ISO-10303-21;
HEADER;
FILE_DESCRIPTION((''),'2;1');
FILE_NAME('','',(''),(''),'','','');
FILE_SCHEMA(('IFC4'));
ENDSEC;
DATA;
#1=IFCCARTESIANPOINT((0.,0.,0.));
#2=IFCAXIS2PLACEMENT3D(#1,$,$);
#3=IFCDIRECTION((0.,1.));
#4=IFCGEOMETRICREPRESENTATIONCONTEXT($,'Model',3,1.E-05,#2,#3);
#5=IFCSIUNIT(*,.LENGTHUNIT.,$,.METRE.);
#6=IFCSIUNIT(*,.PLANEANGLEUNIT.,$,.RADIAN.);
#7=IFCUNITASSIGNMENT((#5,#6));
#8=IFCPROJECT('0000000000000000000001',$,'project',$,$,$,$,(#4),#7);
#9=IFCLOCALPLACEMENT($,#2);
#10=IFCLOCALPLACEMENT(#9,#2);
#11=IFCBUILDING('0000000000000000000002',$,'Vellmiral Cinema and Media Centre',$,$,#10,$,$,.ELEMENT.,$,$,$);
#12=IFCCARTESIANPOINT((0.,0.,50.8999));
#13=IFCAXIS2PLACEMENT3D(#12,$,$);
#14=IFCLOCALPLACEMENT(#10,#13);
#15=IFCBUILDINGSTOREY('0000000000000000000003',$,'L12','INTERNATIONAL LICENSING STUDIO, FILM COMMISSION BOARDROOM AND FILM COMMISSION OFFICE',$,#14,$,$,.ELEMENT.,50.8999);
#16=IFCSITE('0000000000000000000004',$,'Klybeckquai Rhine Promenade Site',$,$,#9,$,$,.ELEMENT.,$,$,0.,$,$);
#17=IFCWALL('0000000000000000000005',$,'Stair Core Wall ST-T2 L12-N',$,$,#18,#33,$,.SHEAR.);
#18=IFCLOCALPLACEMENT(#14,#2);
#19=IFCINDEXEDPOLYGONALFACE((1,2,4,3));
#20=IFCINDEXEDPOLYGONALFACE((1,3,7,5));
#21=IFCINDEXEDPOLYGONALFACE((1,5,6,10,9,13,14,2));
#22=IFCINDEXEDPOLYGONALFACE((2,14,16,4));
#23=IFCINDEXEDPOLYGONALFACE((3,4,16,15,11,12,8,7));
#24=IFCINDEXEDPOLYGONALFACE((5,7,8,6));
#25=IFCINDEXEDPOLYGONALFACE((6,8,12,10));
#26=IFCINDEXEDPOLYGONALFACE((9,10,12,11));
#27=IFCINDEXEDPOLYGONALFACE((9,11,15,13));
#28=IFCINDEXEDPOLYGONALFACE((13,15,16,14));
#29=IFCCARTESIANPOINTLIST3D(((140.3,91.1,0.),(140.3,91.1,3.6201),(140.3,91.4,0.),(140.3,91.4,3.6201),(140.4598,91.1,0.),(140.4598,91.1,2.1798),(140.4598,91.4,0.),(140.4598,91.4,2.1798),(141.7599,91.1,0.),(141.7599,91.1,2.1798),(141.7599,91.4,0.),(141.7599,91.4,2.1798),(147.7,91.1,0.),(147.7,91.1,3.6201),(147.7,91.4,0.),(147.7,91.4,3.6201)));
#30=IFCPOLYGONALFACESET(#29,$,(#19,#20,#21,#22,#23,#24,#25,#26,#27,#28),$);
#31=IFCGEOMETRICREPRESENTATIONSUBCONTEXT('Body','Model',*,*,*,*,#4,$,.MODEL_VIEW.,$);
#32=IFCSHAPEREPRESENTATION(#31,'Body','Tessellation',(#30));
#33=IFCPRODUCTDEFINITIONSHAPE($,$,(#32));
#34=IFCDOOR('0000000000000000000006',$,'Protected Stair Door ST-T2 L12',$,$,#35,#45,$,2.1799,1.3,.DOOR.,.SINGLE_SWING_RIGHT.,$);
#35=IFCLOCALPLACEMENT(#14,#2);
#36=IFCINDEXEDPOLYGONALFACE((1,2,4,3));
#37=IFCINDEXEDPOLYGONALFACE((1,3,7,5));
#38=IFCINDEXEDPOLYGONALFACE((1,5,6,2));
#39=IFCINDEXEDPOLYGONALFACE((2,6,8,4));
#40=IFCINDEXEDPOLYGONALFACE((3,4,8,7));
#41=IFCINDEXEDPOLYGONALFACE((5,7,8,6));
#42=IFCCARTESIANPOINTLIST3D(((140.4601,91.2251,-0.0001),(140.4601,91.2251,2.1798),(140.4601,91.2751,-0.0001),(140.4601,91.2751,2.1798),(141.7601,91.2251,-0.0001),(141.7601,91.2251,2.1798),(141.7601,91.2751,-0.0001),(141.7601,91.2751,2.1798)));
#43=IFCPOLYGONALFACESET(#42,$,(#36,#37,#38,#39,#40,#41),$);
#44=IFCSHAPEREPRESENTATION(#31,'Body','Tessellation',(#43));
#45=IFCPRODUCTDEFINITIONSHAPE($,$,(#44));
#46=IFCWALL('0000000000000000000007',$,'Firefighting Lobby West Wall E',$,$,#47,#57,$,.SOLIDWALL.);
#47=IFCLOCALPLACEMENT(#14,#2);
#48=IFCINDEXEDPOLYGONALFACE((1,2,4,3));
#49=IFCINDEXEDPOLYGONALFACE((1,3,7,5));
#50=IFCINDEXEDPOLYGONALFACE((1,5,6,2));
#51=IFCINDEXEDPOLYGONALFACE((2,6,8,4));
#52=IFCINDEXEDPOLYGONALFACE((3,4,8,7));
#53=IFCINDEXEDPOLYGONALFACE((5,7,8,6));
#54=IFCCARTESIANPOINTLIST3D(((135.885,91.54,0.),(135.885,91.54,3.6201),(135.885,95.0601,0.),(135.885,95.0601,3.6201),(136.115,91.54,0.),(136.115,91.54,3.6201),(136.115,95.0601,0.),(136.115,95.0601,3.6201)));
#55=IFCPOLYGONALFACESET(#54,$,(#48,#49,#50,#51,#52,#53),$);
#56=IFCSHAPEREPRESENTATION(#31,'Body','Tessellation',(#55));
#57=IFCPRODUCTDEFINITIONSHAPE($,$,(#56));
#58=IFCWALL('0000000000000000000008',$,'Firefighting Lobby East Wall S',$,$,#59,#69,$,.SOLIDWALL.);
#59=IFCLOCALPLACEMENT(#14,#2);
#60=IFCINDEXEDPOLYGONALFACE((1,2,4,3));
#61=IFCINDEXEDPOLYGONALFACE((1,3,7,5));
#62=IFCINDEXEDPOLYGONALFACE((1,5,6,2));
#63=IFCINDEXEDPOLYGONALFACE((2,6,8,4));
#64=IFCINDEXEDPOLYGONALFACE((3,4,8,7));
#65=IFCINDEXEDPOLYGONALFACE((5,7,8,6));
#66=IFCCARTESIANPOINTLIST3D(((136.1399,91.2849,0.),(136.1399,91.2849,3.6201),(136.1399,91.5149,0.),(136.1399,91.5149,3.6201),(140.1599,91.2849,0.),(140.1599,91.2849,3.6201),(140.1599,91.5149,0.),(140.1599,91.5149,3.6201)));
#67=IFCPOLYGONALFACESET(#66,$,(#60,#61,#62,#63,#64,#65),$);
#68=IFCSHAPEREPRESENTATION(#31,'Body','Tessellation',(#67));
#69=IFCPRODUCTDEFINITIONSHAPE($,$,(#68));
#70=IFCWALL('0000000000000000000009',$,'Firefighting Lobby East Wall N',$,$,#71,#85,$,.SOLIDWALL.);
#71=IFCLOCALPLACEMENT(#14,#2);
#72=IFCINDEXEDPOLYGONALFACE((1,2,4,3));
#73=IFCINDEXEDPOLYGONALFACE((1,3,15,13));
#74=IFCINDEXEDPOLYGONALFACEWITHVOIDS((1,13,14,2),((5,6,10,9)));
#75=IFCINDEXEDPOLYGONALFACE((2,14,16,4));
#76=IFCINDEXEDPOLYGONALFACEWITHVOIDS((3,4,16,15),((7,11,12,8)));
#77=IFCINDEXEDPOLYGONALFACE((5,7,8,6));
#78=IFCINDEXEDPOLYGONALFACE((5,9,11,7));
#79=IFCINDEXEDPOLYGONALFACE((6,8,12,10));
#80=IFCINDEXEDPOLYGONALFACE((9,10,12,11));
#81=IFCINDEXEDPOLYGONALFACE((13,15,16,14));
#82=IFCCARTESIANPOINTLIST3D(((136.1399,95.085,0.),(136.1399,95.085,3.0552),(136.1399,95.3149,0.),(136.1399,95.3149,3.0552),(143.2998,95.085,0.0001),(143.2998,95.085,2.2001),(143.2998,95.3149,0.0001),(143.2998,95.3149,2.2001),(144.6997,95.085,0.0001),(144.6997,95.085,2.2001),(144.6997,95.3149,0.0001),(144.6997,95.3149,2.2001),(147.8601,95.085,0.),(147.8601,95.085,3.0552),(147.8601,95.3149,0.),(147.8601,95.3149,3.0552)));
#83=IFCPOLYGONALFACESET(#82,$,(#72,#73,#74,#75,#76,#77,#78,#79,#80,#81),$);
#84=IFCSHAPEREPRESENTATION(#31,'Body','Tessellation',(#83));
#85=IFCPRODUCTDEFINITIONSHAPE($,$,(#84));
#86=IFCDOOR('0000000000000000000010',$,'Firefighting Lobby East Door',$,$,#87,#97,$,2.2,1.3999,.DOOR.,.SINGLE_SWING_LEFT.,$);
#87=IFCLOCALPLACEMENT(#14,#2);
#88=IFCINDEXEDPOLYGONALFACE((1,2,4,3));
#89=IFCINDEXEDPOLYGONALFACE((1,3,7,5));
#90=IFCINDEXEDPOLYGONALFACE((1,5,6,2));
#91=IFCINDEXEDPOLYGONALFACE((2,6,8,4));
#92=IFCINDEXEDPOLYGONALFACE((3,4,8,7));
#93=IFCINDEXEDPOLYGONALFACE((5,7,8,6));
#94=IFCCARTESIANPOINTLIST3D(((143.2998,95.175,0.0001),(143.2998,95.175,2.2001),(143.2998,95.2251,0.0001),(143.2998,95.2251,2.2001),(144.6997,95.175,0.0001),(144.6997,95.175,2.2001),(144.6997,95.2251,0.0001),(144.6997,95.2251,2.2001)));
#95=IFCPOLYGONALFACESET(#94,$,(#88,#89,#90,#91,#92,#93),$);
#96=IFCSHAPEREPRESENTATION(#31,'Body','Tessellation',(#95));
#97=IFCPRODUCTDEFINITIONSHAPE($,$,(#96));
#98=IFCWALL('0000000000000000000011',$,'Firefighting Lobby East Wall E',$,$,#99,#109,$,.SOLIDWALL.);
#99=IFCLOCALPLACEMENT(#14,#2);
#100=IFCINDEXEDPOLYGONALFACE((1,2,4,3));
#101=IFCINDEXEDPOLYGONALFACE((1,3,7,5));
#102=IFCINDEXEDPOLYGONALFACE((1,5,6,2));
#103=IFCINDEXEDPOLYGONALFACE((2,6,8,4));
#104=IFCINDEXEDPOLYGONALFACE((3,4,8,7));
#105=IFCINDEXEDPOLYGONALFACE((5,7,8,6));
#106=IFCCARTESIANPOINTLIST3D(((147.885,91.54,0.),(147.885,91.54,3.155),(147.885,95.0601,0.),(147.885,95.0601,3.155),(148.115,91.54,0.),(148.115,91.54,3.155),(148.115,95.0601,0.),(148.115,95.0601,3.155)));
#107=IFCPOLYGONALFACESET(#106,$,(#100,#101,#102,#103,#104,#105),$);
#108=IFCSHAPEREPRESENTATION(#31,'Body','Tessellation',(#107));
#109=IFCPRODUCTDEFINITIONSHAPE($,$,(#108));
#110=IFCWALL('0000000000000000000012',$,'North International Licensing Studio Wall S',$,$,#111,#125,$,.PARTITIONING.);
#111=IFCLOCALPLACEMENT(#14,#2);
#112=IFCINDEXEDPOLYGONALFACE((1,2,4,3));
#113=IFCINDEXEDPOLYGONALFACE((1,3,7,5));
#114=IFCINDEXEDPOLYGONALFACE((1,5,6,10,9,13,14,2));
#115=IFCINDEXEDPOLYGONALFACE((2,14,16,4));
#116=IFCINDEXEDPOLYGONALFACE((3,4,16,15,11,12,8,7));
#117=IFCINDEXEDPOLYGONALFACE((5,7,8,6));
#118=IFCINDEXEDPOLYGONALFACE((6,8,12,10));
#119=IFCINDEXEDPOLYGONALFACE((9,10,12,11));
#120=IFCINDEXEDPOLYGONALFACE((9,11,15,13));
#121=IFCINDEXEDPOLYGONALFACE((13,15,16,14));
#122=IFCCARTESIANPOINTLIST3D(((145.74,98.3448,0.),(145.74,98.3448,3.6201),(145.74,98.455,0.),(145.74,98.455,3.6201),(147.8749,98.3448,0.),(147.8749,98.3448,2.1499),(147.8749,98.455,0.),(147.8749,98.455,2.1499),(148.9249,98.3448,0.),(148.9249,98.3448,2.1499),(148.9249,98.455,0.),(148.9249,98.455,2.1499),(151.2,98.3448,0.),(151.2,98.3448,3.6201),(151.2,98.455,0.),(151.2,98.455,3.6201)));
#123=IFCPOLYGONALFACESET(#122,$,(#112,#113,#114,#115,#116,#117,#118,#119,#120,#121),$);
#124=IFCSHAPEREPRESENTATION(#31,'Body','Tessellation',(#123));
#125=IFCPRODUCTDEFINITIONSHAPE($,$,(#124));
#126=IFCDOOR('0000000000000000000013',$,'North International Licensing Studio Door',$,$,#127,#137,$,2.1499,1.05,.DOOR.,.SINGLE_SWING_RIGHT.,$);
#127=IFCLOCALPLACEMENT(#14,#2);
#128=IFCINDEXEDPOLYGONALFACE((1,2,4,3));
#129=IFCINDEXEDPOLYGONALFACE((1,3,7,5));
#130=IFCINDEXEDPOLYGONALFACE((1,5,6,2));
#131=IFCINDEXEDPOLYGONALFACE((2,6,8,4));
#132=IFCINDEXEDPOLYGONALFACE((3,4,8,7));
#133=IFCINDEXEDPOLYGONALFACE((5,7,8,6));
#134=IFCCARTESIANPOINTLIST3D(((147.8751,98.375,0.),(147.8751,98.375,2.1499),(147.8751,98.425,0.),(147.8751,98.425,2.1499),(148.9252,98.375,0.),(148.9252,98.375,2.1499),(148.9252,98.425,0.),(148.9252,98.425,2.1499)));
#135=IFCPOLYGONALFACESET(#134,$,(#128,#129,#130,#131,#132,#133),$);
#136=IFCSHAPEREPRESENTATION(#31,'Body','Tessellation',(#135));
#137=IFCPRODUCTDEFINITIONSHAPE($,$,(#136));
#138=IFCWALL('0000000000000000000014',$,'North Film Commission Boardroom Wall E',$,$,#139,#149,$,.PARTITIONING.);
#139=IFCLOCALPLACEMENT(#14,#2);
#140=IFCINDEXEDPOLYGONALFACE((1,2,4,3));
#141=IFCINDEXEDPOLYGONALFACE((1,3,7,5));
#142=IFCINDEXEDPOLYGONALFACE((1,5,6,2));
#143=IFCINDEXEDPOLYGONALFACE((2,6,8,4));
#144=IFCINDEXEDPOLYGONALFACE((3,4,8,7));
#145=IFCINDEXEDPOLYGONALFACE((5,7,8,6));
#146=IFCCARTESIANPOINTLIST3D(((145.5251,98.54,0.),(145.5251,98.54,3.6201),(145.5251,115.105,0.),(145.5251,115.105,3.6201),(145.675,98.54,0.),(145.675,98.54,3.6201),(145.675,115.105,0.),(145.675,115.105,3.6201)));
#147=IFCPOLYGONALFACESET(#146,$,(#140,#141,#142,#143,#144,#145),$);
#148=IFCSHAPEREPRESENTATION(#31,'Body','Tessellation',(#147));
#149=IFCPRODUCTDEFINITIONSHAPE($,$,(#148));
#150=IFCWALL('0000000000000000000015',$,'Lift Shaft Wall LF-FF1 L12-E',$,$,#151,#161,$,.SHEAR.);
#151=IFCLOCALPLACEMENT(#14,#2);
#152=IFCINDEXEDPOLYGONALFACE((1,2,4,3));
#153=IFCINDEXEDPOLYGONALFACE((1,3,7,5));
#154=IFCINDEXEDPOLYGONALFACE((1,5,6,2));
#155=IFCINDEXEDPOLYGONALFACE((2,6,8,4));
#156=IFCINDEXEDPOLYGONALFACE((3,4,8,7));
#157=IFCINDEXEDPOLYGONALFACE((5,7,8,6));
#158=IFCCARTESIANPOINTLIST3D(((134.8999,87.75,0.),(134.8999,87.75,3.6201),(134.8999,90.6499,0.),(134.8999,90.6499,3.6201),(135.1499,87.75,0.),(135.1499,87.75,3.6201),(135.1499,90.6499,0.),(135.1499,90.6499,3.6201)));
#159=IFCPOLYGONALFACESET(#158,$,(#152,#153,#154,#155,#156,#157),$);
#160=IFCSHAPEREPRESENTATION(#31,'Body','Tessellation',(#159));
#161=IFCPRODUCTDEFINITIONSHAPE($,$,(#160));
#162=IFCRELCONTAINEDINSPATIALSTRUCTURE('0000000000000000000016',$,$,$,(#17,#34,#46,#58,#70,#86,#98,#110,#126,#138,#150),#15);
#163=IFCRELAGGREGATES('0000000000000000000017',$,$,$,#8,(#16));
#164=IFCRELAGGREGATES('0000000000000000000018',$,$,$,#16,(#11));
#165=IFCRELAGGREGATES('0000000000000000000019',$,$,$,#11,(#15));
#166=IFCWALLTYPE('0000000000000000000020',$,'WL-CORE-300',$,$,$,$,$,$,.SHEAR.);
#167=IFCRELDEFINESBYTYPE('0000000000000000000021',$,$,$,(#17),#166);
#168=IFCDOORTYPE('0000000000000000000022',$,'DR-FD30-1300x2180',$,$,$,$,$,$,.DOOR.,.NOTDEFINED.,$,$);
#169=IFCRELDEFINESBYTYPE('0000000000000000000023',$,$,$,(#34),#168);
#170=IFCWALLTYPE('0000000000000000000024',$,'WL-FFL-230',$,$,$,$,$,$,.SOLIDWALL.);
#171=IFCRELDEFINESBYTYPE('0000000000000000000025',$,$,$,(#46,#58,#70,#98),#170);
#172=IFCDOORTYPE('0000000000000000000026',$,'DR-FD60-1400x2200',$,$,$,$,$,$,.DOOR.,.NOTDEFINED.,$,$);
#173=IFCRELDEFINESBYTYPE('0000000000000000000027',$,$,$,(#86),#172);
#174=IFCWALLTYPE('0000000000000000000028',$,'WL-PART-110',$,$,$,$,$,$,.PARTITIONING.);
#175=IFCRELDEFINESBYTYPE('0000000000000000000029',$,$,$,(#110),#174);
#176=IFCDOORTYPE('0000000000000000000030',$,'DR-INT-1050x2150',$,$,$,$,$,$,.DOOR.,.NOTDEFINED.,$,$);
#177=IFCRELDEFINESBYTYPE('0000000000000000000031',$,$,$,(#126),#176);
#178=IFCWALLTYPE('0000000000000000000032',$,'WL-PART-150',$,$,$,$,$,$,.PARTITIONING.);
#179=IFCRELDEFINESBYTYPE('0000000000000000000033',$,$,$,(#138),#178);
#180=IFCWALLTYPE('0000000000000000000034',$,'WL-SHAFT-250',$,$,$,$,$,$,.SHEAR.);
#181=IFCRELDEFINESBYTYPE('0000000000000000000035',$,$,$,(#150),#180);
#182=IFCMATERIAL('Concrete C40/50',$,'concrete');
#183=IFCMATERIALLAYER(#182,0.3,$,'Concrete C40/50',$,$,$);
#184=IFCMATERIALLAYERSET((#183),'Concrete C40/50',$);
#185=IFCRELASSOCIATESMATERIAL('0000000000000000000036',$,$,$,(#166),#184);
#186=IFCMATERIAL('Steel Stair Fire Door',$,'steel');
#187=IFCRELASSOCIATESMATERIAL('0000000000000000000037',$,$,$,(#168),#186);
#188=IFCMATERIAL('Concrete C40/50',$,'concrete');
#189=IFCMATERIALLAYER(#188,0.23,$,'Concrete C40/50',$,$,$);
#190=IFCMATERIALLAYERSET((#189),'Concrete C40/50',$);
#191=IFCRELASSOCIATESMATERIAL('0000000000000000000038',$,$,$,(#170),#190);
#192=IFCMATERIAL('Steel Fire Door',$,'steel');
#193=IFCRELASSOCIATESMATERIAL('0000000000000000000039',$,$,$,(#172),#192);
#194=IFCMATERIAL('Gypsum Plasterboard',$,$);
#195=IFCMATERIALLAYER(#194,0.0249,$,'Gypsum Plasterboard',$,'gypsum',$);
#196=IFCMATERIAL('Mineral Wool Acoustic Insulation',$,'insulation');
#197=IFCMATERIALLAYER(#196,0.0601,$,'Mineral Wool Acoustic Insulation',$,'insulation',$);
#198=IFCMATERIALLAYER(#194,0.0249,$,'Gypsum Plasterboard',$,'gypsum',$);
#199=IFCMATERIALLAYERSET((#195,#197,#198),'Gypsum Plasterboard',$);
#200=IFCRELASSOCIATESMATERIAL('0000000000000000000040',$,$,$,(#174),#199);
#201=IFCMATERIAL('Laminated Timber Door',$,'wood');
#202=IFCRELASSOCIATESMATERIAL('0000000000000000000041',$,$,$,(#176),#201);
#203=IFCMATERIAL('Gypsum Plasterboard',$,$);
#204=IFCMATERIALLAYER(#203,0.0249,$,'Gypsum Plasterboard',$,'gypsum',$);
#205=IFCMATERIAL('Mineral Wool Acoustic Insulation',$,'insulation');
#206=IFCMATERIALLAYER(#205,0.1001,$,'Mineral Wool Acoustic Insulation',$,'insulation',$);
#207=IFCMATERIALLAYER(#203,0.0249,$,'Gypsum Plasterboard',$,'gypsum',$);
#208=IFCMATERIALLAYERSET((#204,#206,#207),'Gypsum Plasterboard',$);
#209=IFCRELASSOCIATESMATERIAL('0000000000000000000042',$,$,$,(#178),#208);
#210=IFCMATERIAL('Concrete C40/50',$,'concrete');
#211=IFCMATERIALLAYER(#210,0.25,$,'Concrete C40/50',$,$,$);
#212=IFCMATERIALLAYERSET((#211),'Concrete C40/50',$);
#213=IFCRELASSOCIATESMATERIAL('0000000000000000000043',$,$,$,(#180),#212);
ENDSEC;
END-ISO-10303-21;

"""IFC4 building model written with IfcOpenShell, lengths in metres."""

from ifc_helpers import new_model, si_unit, direction, frame, frame_2d, origin, place, context, subcontext, project, spatial, rectangle, extrude, material, layer, layer_set, type_object, element, fill, save


model = new_model("IFC4")

# Units and contexts
model_context = context("Model", 3, precision=1e-05, world=origin(), true_north=direction((0.0, 1.0)))
body_context = subcontext(model_context, "Body", "Model", "MODEL_VIEW")
ifc_project = project(units=[si_unit("LENGTHUNIT", "METRE"), si_unit("PLANEANGLEUNIT", "RADIAN")], contexts=[model_context])

# Site, building, storey
site_placement = place(None, origin())
site = spatial("IfcSite", under=ifc_project, at=site_placement, Name="Klybeckquai Rhine Promenade Site", CompositionType="ELEMENT", RefElevation=0.0)
building_placement = place(site_placement, origin())
building = spatial("IfcBuilding", under=site, at=building_placement, Name="Vellmiral Cinema and Media Centre", CompositionType="ELEMENT")
storey_placement = place(building_placement, frame((0.0, 0.0, 50.8999)))
storey = spatial("IfcBuildingStorey", under=building, at=storey_placement, Name="L12", Description="INTERNATIONAL LICENSING STUDIO, FILM COMMISSION BOARDROOM AND FILM COMMISSION OFFICE", CompositionType="ELEMENT", Elevation=50.8999)

# Wall, opening, door
ifc_material_1 = material(Name="Concrete C40/50", Category="concrete")
ifc_layer_1 = layer(ifc_material_1, 0.3, Name="Concrete C40/50")
ifc_layer_set_1 = layer_set([ifc_layer_1], Name="Concrete C40/50")
wall_type_1 = type_object("IfcWallType", Name="WL-CORE-300", PredefinedType="SHEAR", material=ifc_layer_set_1)
wall_1_placement = place(storey_placement, frame((140.3, 91.25, 0.0), z_axis=(0.0, 0.0, 1.0), x_axis=(1.0, 0.0, 0.0)))
wall_1 = element("IfcWall", 1, at=wall_1_placement, inside=storey, type_object=wall_type_1, Name="Stair Core Wall ST-T2 L12-N", PredefinedType="SHEAR", context=body_context, shape_type="SweptSolid", body=[
    extrude(rectangle(XDim=7.3999, YDim=0.3, at=frame_2d((3.7, 0.0))), origin(), (0.0, 0.0, 1.0), 3.6201),
])
opening_1_placement = place(wall_1_placement, frame((0.1599, 0.0, 0.0)))
opening_1 = element("IfcOpeningElement", 2, at=opening_1_placement, cuts=wall_1, PredefinedType="OPENING", context=body_context, shape_type="SweptSolid", body=[
    extrude(rectangle(XDim=1.3, YDim=2.1799, at=frame_2d((0.6499, 1.0898))), frame((0.0, 0.1621, 0.0), z_axis=(0.0, -1.0, 0.0), x_axis=(1.0, 0.0, 0.0)), (0.0, 0.0, 1.0), 0.324),
])
ifc_material_2 = material(Name="Steel Stair Fire Door", Category="steel")
door_type_1 = type_object("IfcDoorType", Name="DR-FD30-1300x2180", OperationType="NOTDEFINED", PredefinedType="DOOR", material=ifc_material_2)
door_1_placement = place(opening_1_placement, frame((1.3, 0.0, 0.0), z_axis=(0.0, 0.0, 1.0), x_axis=(-1.0, 0.0, 0.0)))
door_1 = element("IfcDoor", 3, at=door_1_placement, inside=storey, type_object=door_type_1, Name="Protected Stair Door ST-T2 L12", OperationType="SINGLE_SWING_RIGHT", OverallHeight=2.1799, OverallWidth=1.3, PredefinedType="DOOR", context=body_context, shape_type="SweptSolid", body=[
    extrude(rectangle(XDim=1.3, YDim=2.1799, at=frame_2d((0.6499, 1.0898))), frame((0.0, 0.0249, 0.0), z_axis=(0.0, -1.0, 0.0), x_axis=(1.0, 0.0, 0.0)), (0.0, 0.0, 1.0), 0.05),
])
fill(opening_1, door_1)

# Walls
ifc_material_3 = material(Name="Concrete C40/50", Category="concrete")
ifc_layer_2 = layer(ifc_material_3, 0.23, Name="Concrete C40/50")
ifc_layer_set_2 = layer_set([ifc_layer_2], Name="Concrete C40/50")
wall_type_2 = type_object("IfcWallType", Name="WL-FFL-230", PredefinedType="SOLIDWALL", material=ifc_layer_set_2)
wall_2_placement = place(storey_placement, frame((136.0, 91.54, 0.0), z_axis=(0.0, 0.0, 1.0), x_axis=(0.0, 1.0, 0.0)))
element("IfcWall", 4, at=wall_2_placement, inside=storey, type_object=wall_type_2, Name="Firefighting Lobby West Wall E", PredefinedType="SOLIDWALL", context=body_context, shape_type="SweptSolid", body=[
    extrude(rectangle(XDim=3.52, YDim=0.23, at=frame_2d((1.76, 0.0))), origin(), (0.0, 0.0, 1.0), 3.6201),
])
wall_3_placement = place(storey_placement, frame((136.1399, 91.3999, 0.0), z_axis=(0.0, 0.0, 1.0), x_axis=(1.0, 0.0, 0.0)))
element("IfcWall", 5, at=wall_3_placement, inside=storey, type_object=wall_type_2, Name="Firefighting Lobby East Wall S", PredefinedType="SOLIDWALL", context=body_context, shape_type="SweptSolid", body=[
    extrude(rectangle(XDim=4.02, YDim=0.23, at=frame_2d((2.01, 0.0))), origin(), (0.0, 0.0, 1.0), 3.6201),
])

# Wall, opening, door
wall_4_placement = place(storey_placement, frame((136.1399, 95.2, 0.0), z_axis=(0.0, 0.0, 1.0), x_axis=(1.0, 0.0, 0.0)))
wall_4 = element("IfcWall", 6, at=wall_4_placement, inside=storey, type_object=wall_type_2, Name="Firefighting Lobby East Wall N", PredefinedType="SOLIDWALL", context=body_context, shape_type="SweptSolid", body=[
    extrude(rectangle(XDim=11.7202, YDim=0.23, at=frame_2d((5.8601, 0.0))), origin(), (0.0, 0.0, 1.0), 3.0552),
])
opening_2_placement = place(wall_4_placement, frame((7.1599, 0.0, 0.0)))
opening_2 = element("IfcOpeningElement", 7, at=opening_2_placement, cuts=wall_4, PredefinedType="OPENING", context=body_context, shape_type="SweptSolid", body=[
    extrude(rectangle(XDim=1.3999, YDim=2.2, at=frame_2d((0.7, 1.1001))), frame((0.0, 0.127, 0.0), z_axis=(0.0, -1.0, 0.0), x_axis=(1.0, 0.0, 0.0)), (0.0, 0.0, 1.0), 0.2539),
])
ifc_material_4 = material(Name="Steel Fire Door", Category="steel")
door_type_2 = type_object("IfcDoorType", Name="DR-FD60-1400x2200", OperationType="NOTDEFINED", PredefinedType="DOOR", material=ifc_material_4)
door_2_placement = place(opening_2_placement, frame((1.3999, 0.0, 0.0), z_axis=(0.0, 0.0, 1.0), x_axis=(-1.0, 0.0, 0.0)))
door_2 = element("IfcDoor", 8, at=door_2_placement, inside=storey, type_object=door_type_2, Name="Firefighting Lobby East Door", OperationType="SINGLE_SWING_LEFT", OverallHeight=2.2, OverallWidth=1.3999, PredefinedType="DOOR", context=body_context, shape_type="SweptSolid", body=[
    extrude(rectangle(XDim=1.3999, YDim=2.2, at=frame_2d((0.7, 1.1001))), frame((0.0, 0.0249, 0.0), z_axis=(0.0, -1.0, 0.0), x_axis=(1.0, 0.0, 0.0)), (0.0, 0.0, 1.0), 0.05),
])
fill(opening_2, door_2)

# Wall
wall_5_placement = place(storey_placement, frame((148.0, 91.54, 0.0), z_axis=(0.0, 0.0, 1.0), x_axis=(0.0, 1.0, 0.0)))
element("IfcWall", 9, at=wall_5_placement, inside=storey, type_object=wall_type_2, Name="Firefighting Lobby East Wall E", PredefinedType="SOLIDWALL", context=body_context, shape_type="SweptSolid", body=[
    extrude(rectangle(XDim=3.52, YDim=0.23, at=frame_2d((1.76, 0.0))), origin(), (0.0, 0.0, 1.0), 3.155),
])

# Wall, opening, door
ifc_material_5 = material(Name="Gypsum Plasterboard")
ifc_layer_3 = layer(ifc_material_5, 0.0249, Name="Gypsum Plasterboard", Category="gypsum")
ifc_material_6 = material(Name="Mineral Wool Acoustic Insulation", Category="insulation")
ifc_layer_4 = layer(ifc_material_6, 0.0601, Name="Mineral Wool Acoustic Insulation", Category="insulation")
ifc_layer_5 = layer(ifc_material_5, 0.0249, Name="Gypsum Plasterboard", Category="gypsum")
ifc_layer_set_3 = layer_set([ifc_layer_3, ifc_layer_4, ifc_layer_5], Name="Gypsum Plasterboard")
wall_type_3 = type_object("IfcWallType", Name="WL-PART-110", PredefinedType="PARTITIONING", material=ifc_layer_set_3)
wall_6_placement = place(storey_placement, frame((145.74, 98.3999, 0.0), z_axis=(0.0, 0.0, 1.0), x_axis=(1.0, 0.0, 0.0)))
wall_6 = element("IfcWall", 10, at=wall_6_placement, inside=storey, type_object=wall_type_3, Name="North International Licensing Studio Wall S", PredefinedType="PARTITIONING", context=body_context, shape_type="SweptSolid", body=[
    extrude(rectangle(XDim=5.46, YDim=0.1101, at=frame_2d((2.73, 0.0))), origin(), (0.0, 0.0, 1.0), 3.6201),
])
opening_3_placement = place(wall_6_placement, frame((2.135, 0.0, 0.0)))
opening_3 = element("IfcOpeningElement", 11, at=opening_3_placement, cuts=wall_6, PredefinedType="OPENING", context=body_context, shape_type="SweptSolid", body=[
    extrude(rectangle(XDim=1.05, YDim=2.1499, at=frame_2d((0.5249, 1.075))), frame((0.0, 0.0669, 0.0), z_axis=(0.0, -1.0, 0.0), x_axis=(1.0, 0.0, 0.0)), (0.0, 0.0, 1.0), 0.134),
])
ifc_material_7 = material(Name="Laminated Timber Door", Category="wood")
door_type_3 = type_object("IfcDoorType", Name="DR-INT-1050x2150", OperationType="NOTDEFINED", PredefinedType="DOOR", material=ifc_material_7)
door_3_placement = place(opening_3_placement, frame((1.05, 0.0, 0.0), z_axis=(0.0, 0.0, 1.0), x_axis=(-1.0, 0.0, 0.0)))
door_3 = element("IfcDoor", 12, at=door_3_placement, inside=storey, type_object=door_type_3, Name="North International Licensing Studio Door", OperationType="SINGLE_SWING_RIGHT", OverallHeight=2.1499, OverallWidth=1.05, PredefinedType="DOOR", context=body_context, shape_type="SweptSolid", body=[
    extrude(rectangle(XDim=1.05, YDim=2.1499, at=frame_2d((0.5249, 1.075))), frame((0.0, 0.0249, 0.0), z_axis=(0.0, -1.0, 0.0), x_axis=(1.0, 0.0, 0.0)), (0.0, 0.0, 1.0), 0.05),
])
fill(opening_3, door_3)

# Walls
ifc_material_8 = material(Name="Gypsum Plasterboard")
ifc_layer_6 = layer(ifc_material_8, 0.0249, Name="Gypsum Plasterboard", Category="gypsum")
ifc_material_9 = material(Name="Mineral Wool Acoustic Insulation", Category="insulation")
ifc_layer_7 = layer(ifc_material_9, 0.1001, Name="Mineral Wool Acoustic Insulation", Category="insulation")
ifc_layer_8 = layer(ifc_material_8, 0.0249, Name="Gypsum Plasterboard", Category="gypsum")
ifc_layer_set_4 = layer_set([ifc_layer_6, ifc_layer_7, ifc_layer_8], Name="Gypsum Plasterboard")
wall_type_4 = type_object("IfcWallType", Name="WL-PART-150", PredefinedType="PARTITIONING", material=ifc_layer_set_4)
wall_7_placement = place(storey_placement, frame((145.6001, 98.54, 0.0), z_axis=(0.0, 0.0, 1.0), x_axis=(0.0, 1.0, 0.0)))
element("IfcWall", 13, at=wall_7_placement, inside=storey, type_object=wall_type_4, Name="North Film Commission Boardroom Wall E", PredefinedType="PARTITIONING", context=body_context, shape_type="SweptSolid", body=[
    extrude(rectangle(XDim=16.5649, YDim=0.1499, at=frame_2d((8.2825, 0.0))), origin(), (0.0, 0.0, 1.0), 3.6201),
])
ifc_material_10 = material(Name="Concrete C40/50", Category="concrete")
ifc_layer_9 = layer(ifc_material_10, 0.25, Name="Concrete C40/50")
ifc_layer_set_5 = layer_set([ifc_layer_9], Name="Concrete C40/50")
wall_type_5 = type_object("IfcWallType", Name="WL-SHAFT-250", PredefinedType="SHEAR", material=ifc_layer_set_5)
wall_8_placement = place(storey_placement, frame((135.0249, 87.75, 0.0), z_axis=(0.0, 0.0, 1.0), x_axis=(0.0, 1.0, 0.0)))
element("IfcWall", 14, at=wall_8_placement, inside=storey, type_object=wall_type_5, Name="Lift Shaft Wall LF-FF1 L12-E", PredefinedType="SHEAR", context=body_context, shape_type="SweptSolid", body=[
    extrude(rectangle(XDim=2.8999, YDim=0.25, at=frame_2d((1.45, 0.0))), origin(), (0.0, 0.0, 1.0), 3.6201),
])

save(model, "model.ifc")
